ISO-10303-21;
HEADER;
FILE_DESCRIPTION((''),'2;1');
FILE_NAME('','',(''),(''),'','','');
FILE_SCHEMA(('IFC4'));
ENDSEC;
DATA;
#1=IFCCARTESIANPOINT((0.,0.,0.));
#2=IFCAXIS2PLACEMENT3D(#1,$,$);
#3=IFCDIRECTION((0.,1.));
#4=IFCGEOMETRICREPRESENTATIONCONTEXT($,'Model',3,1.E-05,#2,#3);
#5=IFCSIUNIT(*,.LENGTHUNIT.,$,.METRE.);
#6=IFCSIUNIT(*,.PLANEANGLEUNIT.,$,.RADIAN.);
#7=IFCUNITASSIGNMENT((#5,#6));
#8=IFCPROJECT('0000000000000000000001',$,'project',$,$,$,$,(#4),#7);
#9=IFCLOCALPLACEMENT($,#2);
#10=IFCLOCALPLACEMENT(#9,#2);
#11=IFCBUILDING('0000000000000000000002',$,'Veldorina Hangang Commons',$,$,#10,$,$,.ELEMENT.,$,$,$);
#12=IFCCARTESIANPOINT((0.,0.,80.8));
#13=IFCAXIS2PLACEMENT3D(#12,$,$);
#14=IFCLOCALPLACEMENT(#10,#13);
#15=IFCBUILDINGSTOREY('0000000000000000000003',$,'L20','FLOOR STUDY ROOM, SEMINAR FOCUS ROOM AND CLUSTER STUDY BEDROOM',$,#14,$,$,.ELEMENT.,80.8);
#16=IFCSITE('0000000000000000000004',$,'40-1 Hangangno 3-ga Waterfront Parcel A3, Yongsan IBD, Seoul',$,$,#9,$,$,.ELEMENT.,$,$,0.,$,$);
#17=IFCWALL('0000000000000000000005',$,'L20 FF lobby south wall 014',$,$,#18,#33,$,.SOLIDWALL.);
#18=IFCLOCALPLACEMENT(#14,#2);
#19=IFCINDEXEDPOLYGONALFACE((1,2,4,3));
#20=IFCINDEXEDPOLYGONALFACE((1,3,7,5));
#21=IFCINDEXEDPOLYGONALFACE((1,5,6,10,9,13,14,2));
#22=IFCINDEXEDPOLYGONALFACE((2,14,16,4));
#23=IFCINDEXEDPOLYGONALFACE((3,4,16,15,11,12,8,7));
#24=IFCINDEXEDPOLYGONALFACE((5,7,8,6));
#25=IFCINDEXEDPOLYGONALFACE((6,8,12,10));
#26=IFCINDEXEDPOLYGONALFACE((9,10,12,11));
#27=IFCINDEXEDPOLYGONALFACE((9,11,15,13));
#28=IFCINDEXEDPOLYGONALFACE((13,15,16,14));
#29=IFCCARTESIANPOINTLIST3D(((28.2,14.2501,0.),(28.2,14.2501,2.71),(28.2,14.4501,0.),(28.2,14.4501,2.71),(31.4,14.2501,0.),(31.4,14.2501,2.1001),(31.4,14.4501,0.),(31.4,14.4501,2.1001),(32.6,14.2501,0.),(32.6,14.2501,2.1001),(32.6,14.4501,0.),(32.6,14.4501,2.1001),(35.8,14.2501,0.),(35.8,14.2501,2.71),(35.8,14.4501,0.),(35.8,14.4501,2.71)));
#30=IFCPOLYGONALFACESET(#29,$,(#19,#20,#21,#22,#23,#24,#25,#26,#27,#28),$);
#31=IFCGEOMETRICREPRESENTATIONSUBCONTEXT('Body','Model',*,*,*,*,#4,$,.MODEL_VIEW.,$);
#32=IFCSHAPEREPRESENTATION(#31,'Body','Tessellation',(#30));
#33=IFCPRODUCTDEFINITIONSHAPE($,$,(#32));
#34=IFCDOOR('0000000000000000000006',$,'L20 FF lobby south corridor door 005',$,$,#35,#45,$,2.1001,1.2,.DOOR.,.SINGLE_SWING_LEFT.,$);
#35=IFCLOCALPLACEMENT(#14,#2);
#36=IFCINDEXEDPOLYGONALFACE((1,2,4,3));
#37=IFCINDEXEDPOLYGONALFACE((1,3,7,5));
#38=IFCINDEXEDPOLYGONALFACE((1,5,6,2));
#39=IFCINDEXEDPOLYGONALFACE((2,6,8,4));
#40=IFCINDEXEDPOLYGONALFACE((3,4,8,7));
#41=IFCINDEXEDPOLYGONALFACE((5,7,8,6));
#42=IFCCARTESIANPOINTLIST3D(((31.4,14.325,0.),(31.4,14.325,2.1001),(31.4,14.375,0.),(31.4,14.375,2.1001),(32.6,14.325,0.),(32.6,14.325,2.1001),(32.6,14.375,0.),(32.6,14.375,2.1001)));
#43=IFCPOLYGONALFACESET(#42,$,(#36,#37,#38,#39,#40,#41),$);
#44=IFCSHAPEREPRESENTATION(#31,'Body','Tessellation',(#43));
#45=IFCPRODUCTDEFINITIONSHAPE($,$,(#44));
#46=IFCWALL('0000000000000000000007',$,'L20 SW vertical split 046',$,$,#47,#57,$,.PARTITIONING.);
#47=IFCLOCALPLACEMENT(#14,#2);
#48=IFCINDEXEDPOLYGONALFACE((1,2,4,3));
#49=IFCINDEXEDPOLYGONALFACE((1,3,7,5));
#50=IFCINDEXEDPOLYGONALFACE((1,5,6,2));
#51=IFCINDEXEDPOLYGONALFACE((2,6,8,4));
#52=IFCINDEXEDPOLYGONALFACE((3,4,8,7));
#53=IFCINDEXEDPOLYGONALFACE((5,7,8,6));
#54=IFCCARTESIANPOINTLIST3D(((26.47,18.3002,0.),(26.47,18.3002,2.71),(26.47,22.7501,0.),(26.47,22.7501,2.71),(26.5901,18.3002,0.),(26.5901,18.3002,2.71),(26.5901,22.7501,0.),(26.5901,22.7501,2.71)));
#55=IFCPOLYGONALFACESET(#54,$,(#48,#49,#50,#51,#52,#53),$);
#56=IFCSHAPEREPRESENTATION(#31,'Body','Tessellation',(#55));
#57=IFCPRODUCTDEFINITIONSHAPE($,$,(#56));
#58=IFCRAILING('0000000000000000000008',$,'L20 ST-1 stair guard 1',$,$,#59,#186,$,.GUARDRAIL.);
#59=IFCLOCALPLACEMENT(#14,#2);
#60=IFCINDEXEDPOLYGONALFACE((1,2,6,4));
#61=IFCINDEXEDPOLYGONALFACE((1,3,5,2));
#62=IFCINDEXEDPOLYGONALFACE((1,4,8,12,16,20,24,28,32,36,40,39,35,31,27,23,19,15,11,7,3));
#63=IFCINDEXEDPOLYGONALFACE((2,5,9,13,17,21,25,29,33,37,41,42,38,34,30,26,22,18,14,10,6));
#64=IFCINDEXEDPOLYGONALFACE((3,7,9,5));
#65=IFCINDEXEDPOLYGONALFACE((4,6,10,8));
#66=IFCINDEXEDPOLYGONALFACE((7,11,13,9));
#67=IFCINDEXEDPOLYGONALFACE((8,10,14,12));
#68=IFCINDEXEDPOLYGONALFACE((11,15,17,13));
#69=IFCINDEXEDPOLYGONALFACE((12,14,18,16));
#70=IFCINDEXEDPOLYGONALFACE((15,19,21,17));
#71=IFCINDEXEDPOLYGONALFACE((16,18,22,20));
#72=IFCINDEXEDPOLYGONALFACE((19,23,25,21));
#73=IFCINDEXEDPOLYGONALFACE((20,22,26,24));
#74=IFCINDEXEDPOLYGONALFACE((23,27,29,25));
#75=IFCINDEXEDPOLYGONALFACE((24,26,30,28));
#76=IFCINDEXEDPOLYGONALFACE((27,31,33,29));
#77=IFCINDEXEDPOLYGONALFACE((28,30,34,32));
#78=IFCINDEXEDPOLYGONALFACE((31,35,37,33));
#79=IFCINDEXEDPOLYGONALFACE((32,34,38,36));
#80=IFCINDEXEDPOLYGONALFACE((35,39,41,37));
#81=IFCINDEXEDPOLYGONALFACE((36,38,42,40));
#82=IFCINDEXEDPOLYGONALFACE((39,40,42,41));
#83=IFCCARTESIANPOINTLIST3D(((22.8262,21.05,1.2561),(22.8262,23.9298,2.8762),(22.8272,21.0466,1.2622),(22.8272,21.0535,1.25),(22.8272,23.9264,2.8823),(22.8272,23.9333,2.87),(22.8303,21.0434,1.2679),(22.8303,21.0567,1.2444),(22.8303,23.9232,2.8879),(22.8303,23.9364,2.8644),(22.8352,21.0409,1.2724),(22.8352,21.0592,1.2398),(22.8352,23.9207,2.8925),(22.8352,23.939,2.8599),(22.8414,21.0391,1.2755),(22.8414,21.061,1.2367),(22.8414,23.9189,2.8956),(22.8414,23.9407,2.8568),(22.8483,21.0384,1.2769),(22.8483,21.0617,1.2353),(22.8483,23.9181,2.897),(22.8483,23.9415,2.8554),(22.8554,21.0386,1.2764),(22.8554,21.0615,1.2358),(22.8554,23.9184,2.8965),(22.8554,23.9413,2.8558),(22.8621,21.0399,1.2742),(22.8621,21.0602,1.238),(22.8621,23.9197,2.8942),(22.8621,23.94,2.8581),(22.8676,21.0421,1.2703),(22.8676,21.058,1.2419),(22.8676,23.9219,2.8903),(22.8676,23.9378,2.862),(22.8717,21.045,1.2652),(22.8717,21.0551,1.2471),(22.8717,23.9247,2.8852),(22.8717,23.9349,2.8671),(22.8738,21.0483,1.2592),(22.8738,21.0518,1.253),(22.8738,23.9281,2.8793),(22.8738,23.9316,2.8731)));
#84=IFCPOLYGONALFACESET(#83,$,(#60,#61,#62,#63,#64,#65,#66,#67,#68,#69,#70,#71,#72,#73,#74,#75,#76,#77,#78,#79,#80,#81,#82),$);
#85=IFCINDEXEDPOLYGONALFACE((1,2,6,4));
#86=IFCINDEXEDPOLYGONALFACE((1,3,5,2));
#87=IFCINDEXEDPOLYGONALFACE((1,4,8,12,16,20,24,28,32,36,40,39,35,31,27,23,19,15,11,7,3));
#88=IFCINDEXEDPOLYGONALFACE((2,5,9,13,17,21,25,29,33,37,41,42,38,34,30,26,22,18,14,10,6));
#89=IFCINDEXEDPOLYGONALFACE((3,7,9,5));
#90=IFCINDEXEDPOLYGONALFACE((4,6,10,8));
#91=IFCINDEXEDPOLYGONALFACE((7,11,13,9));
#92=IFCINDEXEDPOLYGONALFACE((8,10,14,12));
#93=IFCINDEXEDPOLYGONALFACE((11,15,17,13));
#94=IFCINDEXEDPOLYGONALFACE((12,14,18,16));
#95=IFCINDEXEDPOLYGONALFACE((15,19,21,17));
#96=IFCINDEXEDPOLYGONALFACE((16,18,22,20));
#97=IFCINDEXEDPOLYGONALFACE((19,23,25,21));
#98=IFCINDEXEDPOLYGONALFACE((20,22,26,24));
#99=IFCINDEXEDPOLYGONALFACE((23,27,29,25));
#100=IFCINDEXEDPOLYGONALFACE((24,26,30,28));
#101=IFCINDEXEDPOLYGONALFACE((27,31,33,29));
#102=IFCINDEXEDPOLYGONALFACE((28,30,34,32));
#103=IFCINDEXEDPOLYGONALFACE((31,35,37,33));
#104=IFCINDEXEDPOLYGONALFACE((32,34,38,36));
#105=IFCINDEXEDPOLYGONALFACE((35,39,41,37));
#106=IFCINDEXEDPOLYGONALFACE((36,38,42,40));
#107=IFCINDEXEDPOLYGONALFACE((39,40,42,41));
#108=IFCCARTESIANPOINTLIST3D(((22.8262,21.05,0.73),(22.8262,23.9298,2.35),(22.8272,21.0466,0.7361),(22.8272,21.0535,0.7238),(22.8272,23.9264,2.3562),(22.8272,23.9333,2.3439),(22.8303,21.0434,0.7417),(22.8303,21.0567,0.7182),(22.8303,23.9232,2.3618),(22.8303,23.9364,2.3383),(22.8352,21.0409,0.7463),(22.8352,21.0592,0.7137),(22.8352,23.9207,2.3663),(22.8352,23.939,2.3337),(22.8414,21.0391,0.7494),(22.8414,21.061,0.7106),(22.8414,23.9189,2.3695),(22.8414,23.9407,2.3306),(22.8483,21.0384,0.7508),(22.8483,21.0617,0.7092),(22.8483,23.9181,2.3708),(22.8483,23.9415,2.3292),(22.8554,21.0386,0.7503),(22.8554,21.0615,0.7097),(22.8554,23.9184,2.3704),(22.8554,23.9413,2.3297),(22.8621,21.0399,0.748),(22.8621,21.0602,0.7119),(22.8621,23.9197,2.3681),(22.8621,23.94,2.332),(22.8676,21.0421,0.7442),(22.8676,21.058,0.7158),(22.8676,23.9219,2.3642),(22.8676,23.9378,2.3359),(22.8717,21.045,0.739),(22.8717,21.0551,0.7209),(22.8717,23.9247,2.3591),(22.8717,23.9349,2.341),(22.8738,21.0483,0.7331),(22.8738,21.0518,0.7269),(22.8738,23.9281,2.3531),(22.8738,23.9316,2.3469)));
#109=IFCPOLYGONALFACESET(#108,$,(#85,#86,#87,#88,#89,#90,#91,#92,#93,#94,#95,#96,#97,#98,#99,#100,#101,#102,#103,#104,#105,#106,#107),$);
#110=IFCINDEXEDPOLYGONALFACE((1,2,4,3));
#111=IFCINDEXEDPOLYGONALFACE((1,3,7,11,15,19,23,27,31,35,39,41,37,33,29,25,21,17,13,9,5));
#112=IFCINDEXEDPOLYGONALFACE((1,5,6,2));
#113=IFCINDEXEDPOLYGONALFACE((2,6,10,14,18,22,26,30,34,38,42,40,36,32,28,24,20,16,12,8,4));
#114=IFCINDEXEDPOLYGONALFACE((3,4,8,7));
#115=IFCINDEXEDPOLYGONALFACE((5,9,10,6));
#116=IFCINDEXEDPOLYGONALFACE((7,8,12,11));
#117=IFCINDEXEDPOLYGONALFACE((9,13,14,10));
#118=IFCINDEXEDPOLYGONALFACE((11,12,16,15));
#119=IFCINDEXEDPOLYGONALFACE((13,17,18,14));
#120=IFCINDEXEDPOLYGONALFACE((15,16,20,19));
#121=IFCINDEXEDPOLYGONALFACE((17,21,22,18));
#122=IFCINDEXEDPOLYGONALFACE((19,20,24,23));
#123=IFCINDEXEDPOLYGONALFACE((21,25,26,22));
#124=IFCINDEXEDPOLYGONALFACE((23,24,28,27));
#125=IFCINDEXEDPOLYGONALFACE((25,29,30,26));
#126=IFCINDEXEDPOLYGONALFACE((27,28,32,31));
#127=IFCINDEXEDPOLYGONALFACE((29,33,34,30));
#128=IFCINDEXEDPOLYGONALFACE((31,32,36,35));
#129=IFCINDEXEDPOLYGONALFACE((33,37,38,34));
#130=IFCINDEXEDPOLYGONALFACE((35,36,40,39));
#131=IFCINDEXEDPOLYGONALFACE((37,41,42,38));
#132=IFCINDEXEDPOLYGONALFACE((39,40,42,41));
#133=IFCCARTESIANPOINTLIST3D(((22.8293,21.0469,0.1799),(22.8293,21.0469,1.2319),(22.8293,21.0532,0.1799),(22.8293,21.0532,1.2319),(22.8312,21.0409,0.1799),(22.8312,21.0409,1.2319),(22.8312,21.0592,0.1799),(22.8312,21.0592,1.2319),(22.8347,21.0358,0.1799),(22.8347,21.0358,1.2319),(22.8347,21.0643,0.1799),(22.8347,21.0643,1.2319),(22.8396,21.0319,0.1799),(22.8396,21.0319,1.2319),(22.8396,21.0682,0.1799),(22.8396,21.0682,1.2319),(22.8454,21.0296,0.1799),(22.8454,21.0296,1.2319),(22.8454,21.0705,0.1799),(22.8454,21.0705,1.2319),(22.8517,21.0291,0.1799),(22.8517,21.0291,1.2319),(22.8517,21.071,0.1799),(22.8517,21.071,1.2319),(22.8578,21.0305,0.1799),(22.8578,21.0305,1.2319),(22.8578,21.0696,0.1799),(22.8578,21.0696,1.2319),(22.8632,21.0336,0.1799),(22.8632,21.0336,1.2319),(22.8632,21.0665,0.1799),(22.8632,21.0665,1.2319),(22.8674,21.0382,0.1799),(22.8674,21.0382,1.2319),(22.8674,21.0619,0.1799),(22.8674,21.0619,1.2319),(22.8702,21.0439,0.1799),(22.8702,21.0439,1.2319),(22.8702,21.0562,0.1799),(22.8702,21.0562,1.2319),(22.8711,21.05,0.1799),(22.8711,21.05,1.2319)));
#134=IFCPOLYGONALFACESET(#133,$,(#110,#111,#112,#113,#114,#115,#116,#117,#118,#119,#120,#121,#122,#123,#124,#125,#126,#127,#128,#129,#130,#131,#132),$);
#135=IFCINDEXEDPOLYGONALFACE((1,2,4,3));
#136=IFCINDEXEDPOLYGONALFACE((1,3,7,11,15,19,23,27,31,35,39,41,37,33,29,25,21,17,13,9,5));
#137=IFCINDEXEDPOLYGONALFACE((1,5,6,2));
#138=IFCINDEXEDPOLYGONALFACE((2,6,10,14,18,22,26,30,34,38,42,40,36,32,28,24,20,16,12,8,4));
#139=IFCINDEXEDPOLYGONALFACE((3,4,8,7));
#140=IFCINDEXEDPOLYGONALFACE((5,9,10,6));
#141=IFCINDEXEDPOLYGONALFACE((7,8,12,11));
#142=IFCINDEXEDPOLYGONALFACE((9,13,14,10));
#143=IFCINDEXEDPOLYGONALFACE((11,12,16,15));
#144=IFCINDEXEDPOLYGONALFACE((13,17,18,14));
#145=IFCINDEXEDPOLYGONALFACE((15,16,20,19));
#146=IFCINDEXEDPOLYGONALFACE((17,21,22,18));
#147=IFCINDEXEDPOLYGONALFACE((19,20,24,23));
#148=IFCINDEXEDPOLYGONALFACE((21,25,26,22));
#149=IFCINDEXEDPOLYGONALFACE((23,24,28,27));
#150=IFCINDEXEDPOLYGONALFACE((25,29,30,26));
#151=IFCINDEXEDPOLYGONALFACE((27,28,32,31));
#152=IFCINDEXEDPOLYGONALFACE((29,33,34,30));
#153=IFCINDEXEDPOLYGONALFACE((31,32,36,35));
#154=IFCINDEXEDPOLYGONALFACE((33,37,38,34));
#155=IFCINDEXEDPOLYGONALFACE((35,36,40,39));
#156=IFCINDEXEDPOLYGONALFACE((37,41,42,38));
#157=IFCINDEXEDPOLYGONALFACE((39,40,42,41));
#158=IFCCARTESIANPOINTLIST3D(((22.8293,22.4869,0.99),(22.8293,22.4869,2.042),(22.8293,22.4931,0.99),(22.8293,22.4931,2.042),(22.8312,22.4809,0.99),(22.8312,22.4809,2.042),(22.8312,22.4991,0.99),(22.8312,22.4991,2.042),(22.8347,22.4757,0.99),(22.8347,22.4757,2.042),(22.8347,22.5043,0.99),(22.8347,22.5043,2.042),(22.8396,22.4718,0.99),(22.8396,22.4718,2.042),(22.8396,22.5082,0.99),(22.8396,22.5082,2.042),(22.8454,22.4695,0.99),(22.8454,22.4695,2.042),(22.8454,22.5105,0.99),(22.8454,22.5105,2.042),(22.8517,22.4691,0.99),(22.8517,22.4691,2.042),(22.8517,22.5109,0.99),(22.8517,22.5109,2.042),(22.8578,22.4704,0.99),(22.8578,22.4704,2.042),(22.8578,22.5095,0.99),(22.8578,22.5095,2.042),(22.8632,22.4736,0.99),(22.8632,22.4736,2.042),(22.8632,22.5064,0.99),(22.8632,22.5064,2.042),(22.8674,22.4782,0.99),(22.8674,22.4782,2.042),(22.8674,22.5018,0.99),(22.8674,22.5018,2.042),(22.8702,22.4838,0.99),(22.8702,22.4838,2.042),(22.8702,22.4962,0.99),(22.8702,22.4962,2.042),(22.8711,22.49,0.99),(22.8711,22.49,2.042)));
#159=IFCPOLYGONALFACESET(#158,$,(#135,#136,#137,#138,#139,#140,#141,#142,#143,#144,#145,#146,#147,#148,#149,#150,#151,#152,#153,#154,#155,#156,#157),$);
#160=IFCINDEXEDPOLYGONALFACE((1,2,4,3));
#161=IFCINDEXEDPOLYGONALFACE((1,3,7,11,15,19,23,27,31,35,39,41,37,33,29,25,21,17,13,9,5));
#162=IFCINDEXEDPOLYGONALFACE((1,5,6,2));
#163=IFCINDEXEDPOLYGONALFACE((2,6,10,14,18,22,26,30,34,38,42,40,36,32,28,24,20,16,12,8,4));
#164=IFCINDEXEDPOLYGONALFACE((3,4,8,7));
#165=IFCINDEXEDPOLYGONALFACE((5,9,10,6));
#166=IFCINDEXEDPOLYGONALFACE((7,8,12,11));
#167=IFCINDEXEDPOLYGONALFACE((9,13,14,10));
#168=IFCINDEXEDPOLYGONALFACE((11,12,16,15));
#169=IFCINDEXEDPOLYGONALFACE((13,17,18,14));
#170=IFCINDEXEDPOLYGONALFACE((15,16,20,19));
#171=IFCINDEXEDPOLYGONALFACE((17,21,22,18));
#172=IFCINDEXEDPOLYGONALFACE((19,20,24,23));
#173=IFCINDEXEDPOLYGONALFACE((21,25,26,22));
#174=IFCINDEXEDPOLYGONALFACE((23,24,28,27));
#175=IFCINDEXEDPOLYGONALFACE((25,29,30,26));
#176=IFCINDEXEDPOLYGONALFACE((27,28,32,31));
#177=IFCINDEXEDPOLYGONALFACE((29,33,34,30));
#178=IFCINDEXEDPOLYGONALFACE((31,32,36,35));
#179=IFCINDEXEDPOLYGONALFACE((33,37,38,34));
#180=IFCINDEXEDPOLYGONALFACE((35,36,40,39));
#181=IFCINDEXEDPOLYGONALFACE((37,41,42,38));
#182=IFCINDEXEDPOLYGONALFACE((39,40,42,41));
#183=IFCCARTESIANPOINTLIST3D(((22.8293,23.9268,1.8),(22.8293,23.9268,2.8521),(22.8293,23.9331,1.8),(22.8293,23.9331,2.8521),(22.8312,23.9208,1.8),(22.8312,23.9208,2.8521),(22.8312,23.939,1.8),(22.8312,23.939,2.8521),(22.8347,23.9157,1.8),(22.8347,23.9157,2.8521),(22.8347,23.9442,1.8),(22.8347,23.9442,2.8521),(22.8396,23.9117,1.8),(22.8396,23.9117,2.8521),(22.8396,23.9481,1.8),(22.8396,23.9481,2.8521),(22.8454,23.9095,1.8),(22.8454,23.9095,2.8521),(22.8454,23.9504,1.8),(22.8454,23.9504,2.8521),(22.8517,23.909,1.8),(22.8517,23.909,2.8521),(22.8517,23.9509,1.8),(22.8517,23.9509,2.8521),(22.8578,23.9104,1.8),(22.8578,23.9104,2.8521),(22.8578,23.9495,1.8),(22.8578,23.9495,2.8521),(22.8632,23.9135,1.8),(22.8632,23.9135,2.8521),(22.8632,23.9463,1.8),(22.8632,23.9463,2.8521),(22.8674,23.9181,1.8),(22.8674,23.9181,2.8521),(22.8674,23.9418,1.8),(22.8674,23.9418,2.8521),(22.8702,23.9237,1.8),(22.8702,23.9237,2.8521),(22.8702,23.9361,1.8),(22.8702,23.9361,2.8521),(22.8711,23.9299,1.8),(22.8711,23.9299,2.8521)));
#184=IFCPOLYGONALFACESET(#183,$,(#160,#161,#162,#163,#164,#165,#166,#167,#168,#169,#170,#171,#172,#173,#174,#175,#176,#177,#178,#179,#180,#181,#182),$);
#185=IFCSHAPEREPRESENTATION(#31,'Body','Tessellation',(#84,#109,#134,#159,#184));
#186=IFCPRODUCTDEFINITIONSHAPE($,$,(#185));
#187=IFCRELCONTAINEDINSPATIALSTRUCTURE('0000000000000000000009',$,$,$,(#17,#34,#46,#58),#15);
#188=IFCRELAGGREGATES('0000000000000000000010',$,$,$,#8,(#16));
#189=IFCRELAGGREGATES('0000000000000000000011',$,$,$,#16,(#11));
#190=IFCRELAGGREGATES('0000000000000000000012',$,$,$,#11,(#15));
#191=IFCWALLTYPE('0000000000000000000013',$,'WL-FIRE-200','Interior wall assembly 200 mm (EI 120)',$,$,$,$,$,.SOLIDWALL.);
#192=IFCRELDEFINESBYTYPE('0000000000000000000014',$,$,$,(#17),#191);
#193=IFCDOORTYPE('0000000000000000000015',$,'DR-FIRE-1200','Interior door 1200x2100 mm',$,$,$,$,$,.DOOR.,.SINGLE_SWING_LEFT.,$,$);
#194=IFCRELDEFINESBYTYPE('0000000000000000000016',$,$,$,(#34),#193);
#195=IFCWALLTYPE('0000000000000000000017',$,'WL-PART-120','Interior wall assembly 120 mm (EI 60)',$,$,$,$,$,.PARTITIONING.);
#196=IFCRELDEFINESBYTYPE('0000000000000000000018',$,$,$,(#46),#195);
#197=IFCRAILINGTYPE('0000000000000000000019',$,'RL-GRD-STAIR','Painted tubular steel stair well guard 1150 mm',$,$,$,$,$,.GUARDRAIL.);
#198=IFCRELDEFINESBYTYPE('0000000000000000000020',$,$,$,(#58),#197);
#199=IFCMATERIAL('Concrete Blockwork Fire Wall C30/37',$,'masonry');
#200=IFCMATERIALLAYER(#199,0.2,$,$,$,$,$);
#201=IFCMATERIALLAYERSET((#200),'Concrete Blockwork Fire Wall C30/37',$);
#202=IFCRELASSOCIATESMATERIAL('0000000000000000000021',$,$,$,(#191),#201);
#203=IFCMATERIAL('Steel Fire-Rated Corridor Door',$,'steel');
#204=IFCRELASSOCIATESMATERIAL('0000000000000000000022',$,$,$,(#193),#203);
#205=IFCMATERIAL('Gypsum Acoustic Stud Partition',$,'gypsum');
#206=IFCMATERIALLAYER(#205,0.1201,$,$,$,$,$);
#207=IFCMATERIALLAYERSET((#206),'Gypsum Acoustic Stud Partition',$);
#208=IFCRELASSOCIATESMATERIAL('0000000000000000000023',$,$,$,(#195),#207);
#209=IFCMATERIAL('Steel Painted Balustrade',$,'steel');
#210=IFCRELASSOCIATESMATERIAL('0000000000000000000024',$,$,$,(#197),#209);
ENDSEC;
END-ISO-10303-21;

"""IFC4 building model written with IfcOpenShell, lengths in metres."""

from ifc_helpers import new_model, si_unit, direction, frame, frame_2d, origin, origin_2d, place, context, subcontext, project, spatial, rectangle, circle, extrude, material, layer, layer_set, type_object, element, fill, save


model = new_model("IFC4")

# Units and contexts
model_context = context("Model", 3, precision=1e-05, world=origin(), true_north=direction((0.0, 1.0)))
body_context = subcontext(model_context, "Body", "Model", "MODEL_VIEW")
ifc_project = project(units=[si_unit("LENGTHUNIT", "METRE"), si_unit("PLANEANGLEUNIT", "RADIAN")], contexts=[model_context])

# Site, building, storey
site_placement = place(None, origin())
site = spatial("IfcSite", under=ifc_project, at=site_placement, Name="40-1 Hangangno 3-ga Waterfront Parcel A3, Yongsan IBD, Seoul", CompositionType="ELEMENT", RefElevation=0.0)
building_placement = place(site_placement, origin())
building = spatial("IfcBuilding", under=site, at=building_placement, Name="Veldorina Hangang Commons", CompositionType="ELEMENT")
storey_placement = place(building_placement, frame((0.0, 0.0, 80.8)))
storey = spatial("IfcBuildingStorey", under=building, at=storey_placement, Name="L20", Description="FLOOR STUDY ROOM, SEMINAR FOCUS ROOM AND CLUSTER STUDY BEDROOM", CompositionType="ELEMENT", Elevation=80.8)

# Shared definitions
ifc_material_1 = material(Name="Concrete Blockwork Fire Wall C30/37", Category="masonry")
ifc_layer_1 = layer(ifc_material_1, 0.2)
ifc_layer_set_1 = layer_set([ifc_layer_1], Name="Concrete Blockwork Fire Wall C30/37")
wall_type_1 = type_object("IfcWallType", Name="WL-FIRE-200", Description="Interior wall assembly 200 mm (EI 120)", PredefinedType="SOLIDWALL", material=ifc_layer_set_1)

# Wall, opening, door
wall_1_placement = place(storey_placement, frame((28.2, 14.3501, 0.0), z_axis=(0.0, 0.0, 1.0), x_axis=(1.0, 0.0, 0.0)))
wall_1 = element("IfcWall", 1, at=wall_1_placement, inside=storey, type_object=wall_type_1, Name="L20 FF lobby south wall 014", PredefinedType="SOLIDWALL", context=body_context, shape_type="SweptSolid", body=[
    extrude(rectangle(XDim=7.6001, YDim=0.2, at=frame_2d((3.8, 0.0))), origin(), (0.0, 0.0, 1.0), 2.71),
])
opening_1_placement = place(wall_1_placement, frame((3.2, 0.0, 0.0)))
opening_1 = element("IfcOpeningElement", 2, at=opening_1_placement, cuts=wall_1, PredefinedType="OPENING", context=body_context, shape_type="SweptSolid", body=[
    extrude(rectangle(XDim=1.2, YDim=2.1001, at=frame_2d((0.6001, 1.05))), frame((0.0, 0.1099, 0.0), z_axis=(0.0, -1.0, 0.0), x_axis=(1.0, 0.0, 0.0)), (0.0, 0.0, 1.0), 0.22),
])
ifc_material_2 = material(Name="Steel Fire-Rated Corridor Door", Category="steel")
door_type_1 = type_object("IfcDoorType", Name="DR-FIRE-1200", Description="Interior door 1200x2100 mm", OperationType="SINGLE_SWING_LEFT", PredefinedType="DOOR", material=ifc_material_2)
door_1_placement = place(opening_1_placement, origin())
door_1 = element("IfcDoor", 3, at=door_1_placement, inside=storey, type_object=door_type_1, Name="L20 FF lobby south corridor door 005", OperationType="SINGLE_SWING_LEFT", OverallHeight=2.1001, OverallWidth=1.2, PredefinedType="DOOR", context=body_context, shape_type="SweptSolid", body=[
    extrude(rectangle(XDim=1.2, YDim=2.1001, at=frame_2d((0.6001, 1.05))), frame((0.0, 0.0249, 0.0), z_axis=(0.0, -1.0, 0.0), x_axis=(1.0, 0.0, 0.0)), (0.0, 0.0, 1.0), 0.05),
])
fill(opening_1, door_1)

# Wall
ifc_material_3 = material(Name="Gypsum Acoustic Stud Partition", Category="gypsum")
ifc_layer_2 = layer(ifc_material_3, 0.1201)
ifc_layer_set_2 = layer_set([ifc_layer_2], Name="Gypsum Acoustic Stud Partition")
wall_type_2 = type_object("IfcWallType", Name="WL-PART-120", Description="Interior wall assembly 120 mm (EI 60)", PredefinedType="PARTITIONING", material=ifc_layer_set_2)
wall_2_placement = place(storey_placement, frame((26.53, 18.3, 0.0), z_axis=(0.0, 0.0, 1.0), x_axis=(0.0, 1.0, 0.0)))
element("IfcWall", 4, at=wall_2_placement, inside=storey, type_object=wall_type_2, Name="L20 SW vertical split 046", PredefinedType="PARTITIONING", context=body_context, shape_type="SweptSolid", body=[
    extrude(rectangle(XDim=4.45, YDim=0.1201, at=frame_2d((2.2251, 0.0))), origin(), (0.0, 0.0, 1.0), 2.71),
])

# Railing
ifc_material_4 = material(Name="Steel Painted Balustrade", Category="steel")
railing_type = type_object("IfcRailingType", Name="RL-GRD-STAIR", Description="Painted tubular steel stair well guard 1150 mm", PredefinedType="GUARDRAIL", material=ifc_material_4)
railing_1_placement = place(storey_placement, frame((22.8501, 21.05, 0.1799)))
element("IfcRailing", 5, at=railing_1_placement, inside=storey, type_object=railing_type, Name="L20 ST-1 stair guard 1", PredefinedType="GUARDRAIL", context=body_context, shape_type="SweptSolid", body=[
    extrude(circle(Radius=0.0239, at=origin_2d()), frame((0.0, 0.0, 1.0762), z_axis=(0.0, 0.871552, 0.490303), x_axis=(-1.0, 0.0, 0.0)), (0.0, 0.0, 1.0), 3.3042),
    extrude(circle(Radius=0.0239, at=origin_2d()), frame((0.0, 0.0, 0.55), z_axis=(0.0, 0.871552, 0.490303), x_axis=(-1.0, 0.0, 0.0)), (0.0, 0.0, 1.0), 3.3042),
    extrude(circle(Radius=0.021, at=origin_2d()), origin(), (0.0, 0.0, 1.0), 1.052),
    extrude(circle(Radius=0.021, at=origin_2d()), frame((0.0, 1.4399, 0.8101)), (0.0, 0.0, 1.0), 1.052),
    extrude(circle(Radius=0.021, at=origin_2d()), frame((0.0, 2.8799, 1.6201)), (0.0, 0.0, 1.0), 1.052),
])

save(model, "model.ifc")
